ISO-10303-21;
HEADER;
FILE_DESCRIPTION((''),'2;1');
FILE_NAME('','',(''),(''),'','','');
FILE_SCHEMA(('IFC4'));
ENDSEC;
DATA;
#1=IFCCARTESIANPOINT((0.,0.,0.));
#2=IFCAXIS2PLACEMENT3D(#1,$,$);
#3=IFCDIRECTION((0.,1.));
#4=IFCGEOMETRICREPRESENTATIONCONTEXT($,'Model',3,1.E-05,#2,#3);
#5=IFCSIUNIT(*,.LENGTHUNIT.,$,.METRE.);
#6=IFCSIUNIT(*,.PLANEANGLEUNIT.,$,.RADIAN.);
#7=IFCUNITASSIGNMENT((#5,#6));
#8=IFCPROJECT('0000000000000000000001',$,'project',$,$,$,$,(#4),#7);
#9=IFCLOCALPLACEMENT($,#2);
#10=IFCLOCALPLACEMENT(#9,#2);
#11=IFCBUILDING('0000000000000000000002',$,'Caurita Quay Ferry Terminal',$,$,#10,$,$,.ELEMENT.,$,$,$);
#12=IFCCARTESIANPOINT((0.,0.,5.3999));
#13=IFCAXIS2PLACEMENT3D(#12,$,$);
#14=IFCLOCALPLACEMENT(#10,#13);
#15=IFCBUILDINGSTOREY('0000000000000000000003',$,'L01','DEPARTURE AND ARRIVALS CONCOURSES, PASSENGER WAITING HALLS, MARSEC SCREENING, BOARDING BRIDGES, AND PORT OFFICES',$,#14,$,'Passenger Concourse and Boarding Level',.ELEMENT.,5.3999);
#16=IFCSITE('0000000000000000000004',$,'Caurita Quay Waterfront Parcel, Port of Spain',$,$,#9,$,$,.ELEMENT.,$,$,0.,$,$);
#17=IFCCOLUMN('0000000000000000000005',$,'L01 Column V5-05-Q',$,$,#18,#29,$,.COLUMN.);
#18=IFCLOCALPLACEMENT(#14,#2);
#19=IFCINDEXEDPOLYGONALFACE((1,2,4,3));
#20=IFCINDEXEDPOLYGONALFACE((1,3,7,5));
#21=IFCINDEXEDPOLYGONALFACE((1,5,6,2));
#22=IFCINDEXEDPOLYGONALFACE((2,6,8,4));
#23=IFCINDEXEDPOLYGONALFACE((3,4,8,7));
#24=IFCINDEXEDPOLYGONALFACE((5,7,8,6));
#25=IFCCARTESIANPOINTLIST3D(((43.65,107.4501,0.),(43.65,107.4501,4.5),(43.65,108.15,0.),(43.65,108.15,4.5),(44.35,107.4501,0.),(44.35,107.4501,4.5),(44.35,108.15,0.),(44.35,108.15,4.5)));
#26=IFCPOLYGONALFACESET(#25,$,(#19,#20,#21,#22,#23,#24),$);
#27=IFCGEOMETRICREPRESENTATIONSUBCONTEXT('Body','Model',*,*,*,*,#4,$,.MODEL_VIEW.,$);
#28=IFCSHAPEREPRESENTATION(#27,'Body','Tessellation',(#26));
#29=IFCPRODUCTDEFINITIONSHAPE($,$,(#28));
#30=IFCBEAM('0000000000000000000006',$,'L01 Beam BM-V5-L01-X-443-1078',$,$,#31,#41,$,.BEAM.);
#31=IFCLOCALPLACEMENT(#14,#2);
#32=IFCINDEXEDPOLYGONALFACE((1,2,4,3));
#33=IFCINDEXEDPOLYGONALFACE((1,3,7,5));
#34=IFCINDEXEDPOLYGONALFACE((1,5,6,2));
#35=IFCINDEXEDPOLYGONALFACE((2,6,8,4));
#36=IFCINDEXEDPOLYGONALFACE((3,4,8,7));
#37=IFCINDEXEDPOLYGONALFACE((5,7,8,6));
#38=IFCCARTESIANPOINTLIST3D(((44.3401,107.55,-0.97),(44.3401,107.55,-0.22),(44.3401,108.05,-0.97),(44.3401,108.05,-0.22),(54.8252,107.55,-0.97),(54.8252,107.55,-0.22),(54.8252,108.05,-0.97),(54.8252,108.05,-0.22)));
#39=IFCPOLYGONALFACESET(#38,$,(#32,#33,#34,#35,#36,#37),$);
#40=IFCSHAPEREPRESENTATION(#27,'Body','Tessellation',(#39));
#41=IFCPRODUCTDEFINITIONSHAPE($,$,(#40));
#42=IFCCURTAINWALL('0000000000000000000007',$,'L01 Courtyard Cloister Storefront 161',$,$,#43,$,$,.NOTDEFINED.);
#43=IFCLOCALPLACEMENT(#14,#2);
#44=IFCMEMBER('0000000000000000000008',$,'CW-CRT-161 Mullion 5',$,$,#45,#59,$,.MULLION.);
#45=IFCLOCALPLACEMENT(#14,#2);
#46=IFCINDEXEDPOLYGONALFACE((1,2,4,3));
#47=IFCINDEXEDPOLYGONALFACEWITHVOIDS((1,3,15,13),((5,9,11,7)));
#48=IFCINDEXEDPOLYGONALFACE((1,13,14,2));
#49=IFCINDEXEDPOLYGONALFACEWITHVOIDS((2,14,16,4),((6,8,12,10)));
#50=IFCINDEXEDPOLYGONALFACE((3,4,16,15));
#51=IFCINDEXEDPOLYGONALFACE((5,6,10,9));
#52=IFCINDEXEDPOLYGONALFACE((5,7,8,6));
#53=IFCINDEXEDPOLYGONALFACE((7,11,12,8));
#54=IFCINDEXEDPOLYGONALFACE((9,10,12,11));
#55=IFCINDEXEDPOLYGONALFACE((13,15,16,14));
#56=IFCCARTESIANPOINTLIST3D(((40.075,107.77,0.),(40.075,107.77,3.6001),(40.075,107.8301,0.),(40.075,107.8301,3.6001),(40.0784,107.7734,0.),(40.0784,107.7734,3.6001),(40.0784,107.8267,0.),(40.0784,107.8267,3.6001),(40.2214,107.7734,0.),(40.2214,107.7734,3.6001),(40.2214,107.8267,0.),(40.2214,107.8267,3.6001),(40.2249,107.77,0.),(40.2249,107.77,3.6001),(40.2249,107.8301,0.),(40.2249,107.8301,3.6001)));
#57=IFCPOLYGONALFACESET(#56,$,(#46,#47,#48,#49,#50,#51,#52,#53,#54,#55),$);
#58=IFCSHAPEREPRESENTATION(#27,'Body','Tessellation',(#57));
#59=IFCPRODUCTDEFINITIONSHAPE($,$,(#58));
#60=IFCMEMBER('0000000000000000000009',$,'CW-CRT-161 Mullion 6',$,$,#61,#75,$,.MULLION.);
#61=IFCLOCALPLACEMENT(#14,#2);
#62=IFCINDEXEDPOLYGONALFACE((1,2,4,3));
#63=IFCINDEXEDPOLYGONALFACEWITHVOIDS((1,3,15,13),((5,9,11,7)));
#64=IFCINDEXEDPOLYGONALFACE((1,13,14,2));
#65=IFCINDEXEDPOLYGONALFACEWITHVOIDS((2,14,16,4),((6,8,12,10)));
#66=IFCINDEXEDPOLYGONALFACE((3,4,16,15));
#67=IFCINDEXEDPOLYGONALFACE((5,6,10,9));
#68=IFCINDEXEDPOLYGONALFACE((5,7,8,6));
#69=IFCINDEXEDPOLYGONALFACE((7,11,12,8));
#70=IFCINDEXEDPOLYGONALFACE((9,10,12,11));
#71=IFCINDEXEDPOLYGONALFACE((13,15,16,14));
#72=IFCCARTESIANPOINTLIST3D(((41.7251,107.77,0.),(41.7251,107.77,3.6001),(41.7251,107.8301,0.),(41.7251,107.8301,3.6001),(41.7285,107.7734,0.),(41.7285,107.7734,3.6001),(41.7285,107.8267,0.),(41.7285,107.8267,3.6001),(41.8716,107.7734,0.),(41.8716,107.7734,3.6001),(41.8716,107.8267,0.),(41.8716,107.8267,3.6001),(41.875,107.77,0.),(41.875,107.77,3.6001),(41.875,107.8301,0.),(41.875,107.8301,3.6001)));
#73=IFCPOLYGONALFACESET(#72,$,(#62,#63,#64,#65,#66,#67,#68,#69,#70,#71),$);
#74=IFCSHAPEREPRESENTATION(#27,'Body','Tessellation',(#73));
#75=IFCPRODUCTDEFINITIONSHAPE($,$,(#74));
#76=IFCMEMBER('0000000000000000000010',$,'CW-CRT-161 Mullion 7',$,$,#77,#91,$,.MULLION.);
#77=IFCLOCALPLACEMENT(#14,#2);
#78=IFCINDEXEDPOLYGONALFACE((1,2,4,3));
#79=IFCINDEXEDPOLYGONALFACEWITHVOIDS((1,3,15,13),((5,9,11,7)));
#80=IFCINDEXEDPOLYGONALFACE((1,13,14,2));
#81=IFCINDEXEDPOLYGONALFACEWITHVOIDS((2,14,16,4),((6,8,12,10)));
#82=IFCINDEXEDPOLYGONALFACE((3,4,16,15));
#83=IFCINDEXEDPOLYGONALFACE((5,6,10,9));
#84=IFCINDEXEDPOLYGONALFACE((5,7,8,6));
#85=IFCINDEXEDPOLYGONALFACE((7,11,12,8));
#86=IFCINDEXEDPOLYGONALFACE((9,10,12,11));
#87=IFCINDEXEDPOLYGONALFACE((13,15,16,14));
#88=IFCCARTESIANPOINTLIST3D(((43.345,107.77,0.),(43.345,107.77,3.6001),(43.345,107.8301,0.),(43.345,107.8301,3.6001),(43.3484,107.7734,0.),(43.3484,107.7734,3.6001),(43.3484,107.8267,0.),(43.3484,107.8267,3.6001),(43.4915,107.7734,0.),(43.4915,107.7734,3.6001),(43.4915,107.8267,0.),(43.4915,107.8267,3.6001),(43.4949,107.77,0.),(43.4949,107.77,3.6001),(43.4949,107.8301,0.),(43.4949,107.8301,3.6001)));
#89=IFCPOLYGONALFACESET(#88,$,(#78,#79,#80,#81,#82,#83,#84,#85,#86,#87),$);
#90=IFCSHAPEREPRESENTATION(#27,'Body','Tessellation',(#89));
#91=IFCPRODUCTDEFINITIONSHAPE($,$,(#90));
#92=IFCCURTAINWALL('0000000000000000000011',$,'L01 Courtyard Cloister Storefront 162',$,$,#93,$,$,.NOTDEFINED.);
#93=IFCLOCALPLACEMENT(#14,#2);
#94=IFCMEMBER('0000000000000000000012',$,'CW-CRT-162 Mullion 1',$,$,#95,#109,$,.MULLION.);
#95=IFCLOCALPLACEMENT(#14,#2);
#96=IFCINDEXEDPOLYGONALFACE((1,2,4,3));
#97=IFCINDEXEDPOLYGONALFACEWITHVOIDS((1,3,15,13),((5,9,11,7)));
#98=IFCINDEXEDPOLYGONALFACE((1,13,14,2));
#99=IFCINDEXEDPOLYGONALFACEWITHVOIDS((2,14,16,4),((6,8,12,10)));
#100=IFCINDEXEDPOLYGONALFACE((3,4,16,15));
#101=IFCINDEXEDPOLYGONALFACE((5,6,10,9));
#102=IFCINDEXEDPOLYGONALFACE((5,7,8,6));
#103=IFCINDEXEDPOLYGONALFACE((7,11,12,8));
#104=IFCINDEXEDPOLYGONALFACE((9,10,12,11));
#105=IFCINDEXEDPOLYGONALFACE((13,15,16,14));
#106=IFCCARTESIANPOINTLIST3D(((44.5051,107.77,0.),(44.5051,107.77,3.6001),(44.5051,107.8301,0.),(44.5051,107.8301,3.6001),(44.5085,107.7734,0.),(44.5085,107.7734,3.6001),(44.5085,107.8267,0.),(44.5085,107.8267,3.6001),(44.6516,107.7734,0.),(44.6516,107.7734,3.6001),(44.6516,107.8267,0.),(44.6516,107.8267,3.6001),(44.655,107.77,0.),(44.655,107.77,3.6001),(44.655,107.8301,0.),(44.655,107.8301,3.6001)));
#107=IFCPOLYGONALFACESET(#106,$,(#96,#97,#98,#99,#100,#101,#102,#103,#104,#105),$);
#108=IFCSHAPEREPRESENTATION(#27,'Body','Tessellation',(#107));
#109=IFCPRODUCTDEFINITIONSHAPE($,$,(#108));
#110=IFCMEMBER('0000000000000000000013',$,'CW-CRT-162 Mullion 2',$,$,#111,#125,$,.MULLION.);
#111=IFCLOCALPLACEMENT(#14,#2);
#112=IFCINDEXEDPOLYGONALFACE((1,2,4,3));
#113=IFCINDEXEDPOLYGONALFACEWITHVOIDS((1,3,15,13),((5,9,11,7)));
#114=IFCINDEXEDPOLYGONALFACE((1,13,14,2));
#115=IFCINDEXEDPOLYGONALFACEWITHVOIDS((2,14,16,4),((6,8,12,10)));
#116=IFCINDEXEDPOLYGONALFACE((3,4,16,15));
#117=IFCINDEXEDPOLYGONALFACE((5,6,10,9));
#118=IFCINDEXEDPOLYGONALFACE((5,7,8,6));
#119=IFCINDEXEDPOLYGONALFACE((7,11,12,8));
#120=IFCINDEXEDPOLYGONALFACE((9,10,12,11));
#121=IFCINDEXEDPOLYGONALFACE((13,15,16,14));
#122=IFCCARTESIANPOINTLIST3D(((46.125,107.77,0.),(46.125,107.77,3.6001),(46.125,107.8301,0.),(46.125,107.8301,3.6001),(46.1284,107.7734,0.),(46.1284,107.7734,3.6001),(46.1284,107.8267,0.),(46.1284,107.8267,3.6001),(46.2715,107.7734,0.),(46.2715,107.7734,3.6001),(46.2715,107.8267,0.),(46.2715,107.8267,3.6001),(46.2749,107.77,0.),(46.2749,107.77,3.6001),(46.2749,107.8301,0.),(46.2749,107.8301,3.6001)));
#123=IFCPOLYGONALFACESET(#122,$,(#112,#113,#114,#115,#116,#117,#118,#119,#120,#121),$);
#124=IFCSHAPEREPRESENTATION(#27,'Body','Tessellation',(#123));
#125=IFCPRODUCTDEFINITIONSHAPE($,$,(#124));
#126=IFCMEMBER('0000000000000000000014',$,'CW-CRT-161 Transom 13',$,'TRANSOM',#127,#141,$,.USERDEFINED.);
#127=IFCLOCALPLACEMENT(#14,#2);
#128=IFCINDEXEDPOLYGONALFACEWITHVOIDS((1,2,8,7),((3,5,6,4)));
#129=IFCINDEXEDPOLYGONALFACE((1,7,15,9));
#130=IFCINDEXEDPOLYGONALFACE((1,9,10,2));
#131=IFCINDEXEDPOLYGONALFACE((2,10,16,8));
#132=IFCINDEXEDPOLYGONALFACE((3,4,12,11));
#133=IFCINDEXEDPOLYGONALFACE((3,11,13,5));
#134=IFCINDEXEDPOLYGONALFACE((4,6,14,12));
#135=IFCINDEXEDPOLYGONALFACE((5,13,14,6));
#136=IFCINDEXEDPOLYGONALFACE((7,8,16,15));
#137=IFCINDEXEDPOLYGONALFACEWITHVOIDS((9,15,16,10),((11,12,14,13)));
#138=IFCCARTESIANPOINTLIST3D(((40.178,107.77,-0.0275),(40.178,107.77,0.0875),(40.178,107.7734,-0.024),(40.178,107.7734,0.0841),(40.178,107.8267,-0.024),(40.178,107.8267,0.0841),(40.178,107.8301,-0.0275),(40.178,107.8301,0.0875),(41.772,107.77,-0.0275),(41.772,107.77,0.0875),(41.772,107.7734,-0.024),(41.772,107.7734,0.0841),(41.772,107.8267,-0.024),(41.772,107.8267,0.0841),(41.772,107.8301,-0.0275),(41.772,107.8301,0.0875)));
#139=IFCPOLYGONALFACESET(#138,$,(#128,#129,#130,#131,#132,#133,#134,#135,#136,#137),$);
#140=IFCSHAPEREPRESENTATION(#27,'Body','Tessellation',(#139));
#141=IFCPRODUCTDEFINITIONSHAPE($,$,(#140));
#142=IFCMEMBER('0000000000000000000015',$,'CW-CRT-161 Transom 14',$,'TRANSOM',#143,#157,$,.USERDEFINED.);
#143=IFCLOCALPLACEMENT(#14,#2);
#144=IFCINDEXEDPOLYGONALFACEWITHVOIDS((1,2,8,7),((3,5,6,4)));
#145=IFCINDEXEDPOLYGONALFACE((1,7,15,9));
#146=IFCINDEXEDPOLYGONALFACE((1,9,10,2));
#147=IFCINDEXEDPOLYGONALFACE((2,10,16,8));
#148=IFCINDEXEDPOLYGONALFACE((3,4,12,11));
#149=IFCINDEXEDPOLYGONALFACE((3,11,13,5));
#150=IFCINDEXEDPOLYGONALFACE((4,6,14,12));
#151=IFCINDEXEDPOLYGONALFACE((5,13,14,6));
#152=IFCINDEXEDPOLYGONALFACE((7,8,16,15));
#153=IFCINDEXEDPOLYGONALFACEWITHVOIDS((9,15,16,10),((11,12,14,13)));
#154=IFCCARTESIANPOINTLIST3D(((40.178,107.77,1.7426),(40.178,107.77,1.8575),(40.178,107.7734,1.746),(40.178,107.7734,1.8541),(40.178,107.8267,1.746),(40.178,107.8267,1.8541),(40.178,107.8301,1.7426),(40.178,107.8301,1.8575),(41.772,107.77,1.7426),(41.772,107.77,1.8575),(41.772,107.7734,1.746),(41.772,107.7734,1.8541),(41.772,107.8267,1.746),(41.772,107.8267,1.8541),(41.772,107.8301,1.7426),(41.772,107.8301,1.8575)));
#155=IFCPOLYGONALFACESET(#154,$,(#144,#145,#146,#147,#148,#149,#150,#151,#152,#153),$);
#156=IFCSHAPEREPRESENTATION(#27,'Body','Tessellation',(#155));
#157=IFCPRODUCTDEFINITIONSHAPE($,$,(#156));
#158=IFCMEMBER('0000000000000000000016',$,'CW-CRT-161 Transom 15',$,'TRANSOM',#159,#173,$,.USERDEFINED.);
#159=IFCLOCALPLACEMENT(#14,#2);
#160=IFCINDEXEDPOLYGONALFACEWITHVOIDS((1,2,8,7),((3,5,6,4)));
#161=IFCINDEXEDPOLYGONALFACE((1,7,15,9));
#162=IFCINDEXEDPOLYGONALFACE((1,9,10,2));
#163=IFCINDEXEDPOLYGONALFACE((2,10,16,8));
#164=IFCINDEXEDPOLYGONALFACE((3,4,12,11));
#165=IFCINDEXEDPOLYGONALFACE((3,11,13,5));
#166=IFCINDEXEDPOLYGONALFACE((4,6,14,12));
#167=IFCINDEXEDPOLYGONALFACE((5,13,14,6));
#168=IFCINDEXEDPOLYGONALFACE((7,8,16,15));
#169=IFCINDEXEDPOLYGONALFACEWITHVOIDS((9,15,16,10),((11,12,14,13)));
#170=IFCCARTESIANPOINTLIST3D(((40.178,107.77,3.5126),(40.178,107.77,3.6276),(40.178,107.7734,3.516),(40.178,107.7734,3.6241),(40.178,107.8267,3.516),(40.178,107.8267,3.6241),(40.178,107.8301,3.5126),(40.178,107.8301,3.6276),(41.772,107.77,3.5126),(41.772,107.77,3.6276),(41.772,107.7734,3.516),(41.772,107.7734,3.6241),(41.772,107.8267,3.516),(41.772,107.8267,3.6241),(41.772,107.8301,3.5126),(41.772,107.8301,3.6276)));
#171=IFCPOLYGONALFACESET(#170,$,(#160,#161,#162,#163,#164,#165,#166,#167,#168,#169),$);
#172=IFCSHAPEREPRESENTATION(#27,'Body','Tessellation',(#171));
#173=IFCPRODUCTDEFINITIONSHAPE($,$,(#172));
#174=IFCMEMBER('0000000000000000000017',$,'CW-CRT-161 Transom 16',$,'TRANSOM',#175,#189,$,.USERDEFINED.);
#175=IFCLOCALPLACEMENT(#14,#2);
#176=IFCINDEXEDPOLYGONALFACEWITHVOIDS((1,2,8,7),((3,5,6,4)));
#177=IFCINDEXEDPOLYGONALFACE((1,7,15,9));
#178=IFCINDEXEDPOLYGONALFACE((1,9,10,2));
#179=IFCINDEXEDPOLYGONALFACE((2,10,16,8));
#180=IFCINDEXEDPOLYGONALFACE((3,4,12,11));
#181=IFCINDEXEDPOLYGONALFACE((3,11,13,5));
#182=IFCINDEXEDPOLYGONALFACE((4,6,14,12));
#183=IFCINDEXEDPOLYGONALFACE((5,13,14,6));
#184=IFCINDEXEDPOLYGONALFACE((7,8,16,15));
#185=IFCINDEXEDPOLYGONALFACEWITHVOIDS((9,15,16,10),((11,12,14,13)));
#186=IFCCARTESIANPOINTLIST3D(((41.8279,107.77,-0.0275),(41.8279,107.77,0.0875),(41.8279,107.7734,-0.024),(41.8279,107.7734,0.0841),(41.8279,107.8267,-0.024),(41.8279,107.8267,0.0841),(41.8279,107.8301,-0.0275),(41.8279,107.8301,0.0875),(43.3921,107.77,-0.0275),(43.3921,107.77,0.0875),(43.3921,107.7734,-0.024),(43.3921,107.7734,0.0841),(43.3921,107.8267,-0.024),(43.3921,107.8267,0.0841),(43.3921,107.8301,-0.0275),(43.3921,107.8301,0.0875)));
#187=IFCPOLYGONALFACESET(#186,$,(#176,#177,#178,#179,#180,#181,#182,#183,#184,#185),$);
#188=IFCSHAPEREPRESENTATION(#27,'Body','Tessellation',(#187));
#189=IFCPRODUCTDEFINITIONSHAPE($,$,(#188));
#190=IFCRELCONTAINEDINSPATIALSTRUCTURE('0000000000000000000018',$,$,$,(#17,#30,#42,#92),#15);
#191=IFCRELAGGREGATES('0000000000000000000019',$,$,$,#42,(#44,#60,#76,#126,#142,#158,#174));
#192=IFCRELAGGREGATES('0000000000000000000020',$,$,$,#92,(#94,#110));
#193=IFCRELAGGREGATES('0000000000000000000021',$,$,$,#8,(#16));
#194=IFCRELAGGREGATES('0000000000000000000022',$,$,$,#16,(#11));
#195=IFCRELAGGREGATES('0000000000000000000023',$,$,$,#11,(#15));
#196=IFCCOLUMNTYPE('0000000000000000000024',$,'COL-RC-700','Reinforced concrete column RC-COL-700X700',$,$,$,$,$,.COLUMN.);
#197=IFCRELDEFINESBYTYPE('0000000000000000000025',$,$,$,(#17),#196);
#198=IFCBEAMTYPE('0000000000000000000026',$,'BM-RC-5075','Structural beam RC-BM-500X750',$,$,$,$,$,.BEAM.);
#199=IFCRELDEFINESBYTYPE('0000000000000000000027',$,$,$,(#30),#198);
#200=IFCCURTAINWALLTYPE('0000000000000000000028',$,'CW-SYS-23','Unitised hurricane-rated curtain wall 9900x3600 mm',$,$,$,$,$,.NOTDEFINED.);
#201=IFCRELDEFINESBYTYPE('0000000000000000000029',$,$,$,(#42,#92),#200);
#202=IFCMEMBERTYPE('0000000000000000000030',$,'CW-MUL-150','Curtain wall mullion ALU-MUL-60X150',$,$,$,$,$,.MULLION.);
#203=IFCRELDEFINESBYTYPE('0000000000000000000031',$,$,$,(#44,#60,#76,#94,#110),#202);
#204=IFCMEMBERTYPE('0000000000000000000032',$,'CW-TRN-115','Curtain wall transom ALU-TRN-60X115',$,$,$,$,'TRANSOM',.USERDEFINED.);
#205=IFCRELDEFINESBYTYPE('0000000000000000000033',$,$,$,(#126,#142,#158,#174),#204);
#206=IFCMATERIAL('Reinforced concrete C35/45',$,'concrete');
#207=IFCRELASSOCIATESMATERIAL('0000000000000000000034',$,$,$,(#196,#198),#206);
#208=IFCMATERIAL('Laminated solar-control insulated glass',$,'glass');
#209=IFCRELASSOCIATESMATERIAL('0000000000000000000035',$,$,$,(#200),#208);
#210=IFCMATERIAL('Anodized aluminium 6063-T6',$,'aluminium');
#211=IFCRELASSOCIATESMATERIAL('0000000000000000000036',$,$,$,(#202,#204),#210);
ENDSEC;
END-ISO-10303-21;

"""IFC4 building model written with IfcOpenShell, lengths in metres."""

from ifc_helpers import new_model, si_unit, direction, frame, origin, origin_2d, place, context, subcontext, project, spatial, rectangle, hollow_rectangle, extrude, material, material_profile, profile_set, type_object, element, aggregate, save


model = new_model("IFC4")

# Units and contexts
model_context = context("Model", 3, precision=1e-05, world=origin(), true_north=direction((0.0, 1.0)))
body_context = subcontext(model_context, "Body", "Model", "MODEL_VIEW")
ifc_project = project(units=[si_unit("LENGTHUNIT", "METRE"), si_unit("PLANEANGLEUNIT", "RADIAN")], contexts=[model_context])

# Site, building, storey
site_placement = place(None, origin())
site = spatial("IfcSite", under=ifc_project, at=site_placement, Name="Caurita Quay Waterfront Parcel, Port of Spain", CompositionType="ELEMENT", RefElevation=0.0)
building_placement = place(site_placement, origin())
building = spatial("IfcBuilding", under=site, at=building_placement, Name="Caurita Quay Ferry Terminal", CompositionType="ELEMENT")
storey_placement = place(building_placement, frame((0.0, 0.0, 5.3999)))
storey = spatial("IfcBuildingStorey", under=building, at=storey_placement, Name="L01", Description="DEPARTURE AND ARRIVALS CONCOURSES, PASSENGER WAITING HALLS, MARSEC SCREENING, BOARDING BRIDGES, AND PORT OFFICES", LongName="Passenger Concourse and Boarding Level", CompositionType="ELEMENT", Elevation=5.3999)

# Column
ifc_material_1 = material(Name="Reinforced concrete C35/45", Category="concrete")
ifc_material_profile_1 = material_profile(ifc_material_1, rectangle(XDim=0.7, YDim=0.7, at=origin_2d()), Name="RC-COL-700X700")
ifc_profile_set_1 = profile_set([ifc_material_profile_1], Name="Reinforced concrete C35/45")
column_type = type_object("IfcColumnType", Name="COL-RC-700", Description="Reinforced concrete column RC-COL-700X700", PredefinedType="COLUMN", material=ifc_profile_set_1)
column_placement = place(storey_placement, frame((44.0, 107.8, 0.0), z_axis=(0.0, 0.0, 1.0), x_axis=(1.0, 0.0, 0.0)))
element("IfcColumn", 1, at=column_placement, inside=storey, type_object=column_type, Name="L01 Column V5-05-Q", PredefinedType="COLUMN", context=body_context, shape_type="SweptSolid", body=[
    extrude(rectangle(XDim=0.7, YDim=0.7, at=origin_2d()), origin(), (0.0, 0.0, 1.0), 4.5),
])

# Beam
ifc_material_profile_2 = material_profile(ifc_material_1, rectangle(XDim=0.5, YDim=0.75, at=origin_2d()), Name="RC-BM-500X750")
ifc_profile_set_2 = profile_set([ifc_material_profile_2], Name="Reinforced concrete C35/45")
beam_type = type_object("IfcBeamType", Name="BM-RC-5075", Description="Structural beam RC-BM-500X750", PredefinedType="BEAM", material=ifc_profile_set_2)
beam_placement = place(storey_placement, frame((44.3401, 107.8, -0.595), z_axis=(1.0, 0.0, 0.0), x_axis=(0.0, 1.0, 0.0)))
element("IfcBeam", 2, at=beam_placement, inside=storey, type_object=beam_type, Name="L01 Beam BM-V5-L01-X-443-1078", PredefinedType="BEAM", context=body_context, shape_type="SweptSolid", body=[
    extrude(rectangle(XDim=0.5, YDim=0.75, at=origin_2d()), origin(), (0.0, 0.0, 1.0), 10.4851),
])

# Curtain walls, members
ifc_material_2 = material(Name="Laminated solar-control insulated glass", Category="glass")
curtain_wall_type = type_object("IfcCurtainWallType", Name="CW-SYS-23", Description="Unitised hurricane-rated curtain wall 9900x3600 mm", PredefinedType="NOTDEFINED", material=ifc_material_2)
curtain_wall_1_placement = place(storey_placement, origin())
curtain_wall_1 = element("IfcCurtainWall", 3, at=curtain_wall_1_placement, inside=storey, type_object=curtain_wall_type, Name="L01 Courtyard Cloister Storefront 161", PredefinedType="NOTDEFINED")
ifc_material_3 = material(Name="Anodized aluminium 6063-T6", Category="aluminium")
ifc_material_profile_3 = material_profile(ifc_material_3, hollow_rectangle(XDim=0.0601, YDim=0.1499, WallThickness=0.0034, at=origin_2d()), Name="ALU-MUL-60X150")
ifc_profile_set_3 = profile_set([ifc_material_profile_3], Name="Anodized aluminium 6063-T6")
member_type_1 = type_object("IfcMemberType", Name="CW-MUL-150", Description="Curtain wall mullion ALU-MUL-60X150", PredefinedType="MULLION", material=ifc_profile_set_3)
member_1_placement = place(storey_placement, frame((40.1499, 107.8, 0.0), z_axis=(0.0, 0.0, 1.0), x_axis=(0.0, 1.0, 0.0)))
member_1 = element("IfcMember", 4, at=member_1_placement, type_object=member_type_1, Name="CW-CRT-161 Mullion 5", PredefinedType="MULLION", context=body_context, shape_type="SweptSolid", body=[
    extrude(hollow_rectangle(XDim=0.0601, YDim=0.1499, WallThickness=0.0034, at=origin_2d()), origin(), (0.0, 0.0, 1.0), 3.6001),
])
member_2_placement = place(storey_placement, frame((41.8, 107.8, 0.0), z_axis=(0.0, 0.0, 1.0), x_axis=(0.0, 1.0, 0.0)))
member_2 = element("IfcMember", 5, at=member_2_placement, type_object=member_type_1, Name="CW-CRT-161 Mullion 6", PredefinedType="MULLION", context=body_context, shape_type="SweptSolid", body=[
    extrude(hollow_rectangle(XDim=0.0601, YDim=0.1499, WallThickness=0.0034, at=origin_2d()), origin(), (0.0, 0.0, 1.0), 3.6001),
])
member_3_placement = place(storey_placement, frame((43.4199, 107.8, 0.0), z_axis=(0.0, 0.0, 1.0), x_axis=(0.0, 1.0, 0.0)))
member_3 = element("IfcMember", 6, at=member_3_placement, type_object=member_type_1, Name="CW-CRT-161 Mullion 7", PredefinedType="MULLION", context=body_context, shape_type="SweptSolid", body=[
    extrude(hollow_rectangle(XDim=0.0601, YDim=0.1499, WallThickness=0.0034, at=origin_2d()), origin(), (0.0, 0.0, 1.0), 3.6001),
])
curtain_wall_2_placement = place(storey_placement, origin())
curtain_wall_2 = element("IfcCurtainWall", 7, at=curtain_wall_2_placement, inside=storey, type_object=curtain_wall_type, Name="L01 Courtyard Cloister Storefront 162", PredefinedType="NOTDEFINED")
member_4_placement = place(storey_placement, frame((44.5801, 107.8, 0.0), z_axis=(0.0, 0.0, 1.0), x_axis=(0.0, 1.0, 0.0)))
member_4 = element("IfcMember", 8, at=member_4_placement, type_object=member_type_1, Name="CW-CRT-162 Mullion 1", PredefinedType="MULLION", context=body_context, shape_type="SweptSolid", body=[
    extrude(hollow_rectangle(XDim=0.0601, YDim=0.1499, WallThickness=0.0034, at=origin_2d()), origin(), (0.0, 0.0, 1.0), 3.6001),
])
member_5_placement = place(storey_placement, frame((46.2, 107.8, 0.0), z_axis=(0.0, 0.0, 1.0), x_axis=(0.0, 1.0, 0.0)))
member_5 = element("IfcMember", 9, at=member_5_placement, type_object=member_type_1, Name="CW-CRT-162 Mullion 2", PredefinedType="MULLION", context=body_context, shape_type="SweptSolid", body=[
    extrude(hollow_rectangle(XDim=0.0601, YDim=0.1499, WallThickness=0.0034, at=origin_2d()), origin(), (0.0, 0.0, 1.0), 3.6001),
])

# Members
ifc_material_profile_4 = material_profile(ifc_material_3, hollow_rectangle(XDim=0.0601, YDim=0.115, WallThickness=0.0034, at=origin_2d()), Name="ALU-TRN-60X115")
ifc_profile_set_4 = profile_set([ifc_material_profile_4], Name="Anodized aluminium 6063-T6")
member_type_2 = type_object("IfcMemberType", Name="CW-TRN-115", Description="Curtain wall transom ALU-TRN-60X115", ElementType="TRANSOM", PredefinedType="USERDEFINED", material=ifc_profile_set_4)
member_6_placement = place(storey_placement, frame((40.178, 107.8, 0.03), z_axis=(1.0, 0.0, 0.0), x_axis=(0.0, 1.0, 0.0)))
member_6 = element("IfcMember", 10, at=member_6_placement, type_object=member_type_2, Name="CW-CRT-161 Transom 13", ObjectType="TRANSOM", PredefinedType="USERDEFINED", context=body_context, shape_type="SweptSolid", body=[
    extrude(hollow_rectangle(XDim=0.0601, YDim=0.115, WallThickness=0.0034, at=origin_2d()), origin(), (0.0, 0.0, 1.0), 1.594),
])
member_7_placement = place(storey_placement, frame((40.178, 107.8, 1.8), z_axis=(1.0, 0.0, 0.0), x_axis=(0.0, 1.0, 0.0)))
member_7 = element("IfcMember", 11, at=member_7_placement, type_object=member_type_2, Name="CW-CRT-161 Transom 14", ObjectType="TRANSOM", PredefinedType="USERDEFINED", context=body_context, shape_type="SweptSolid", body=[
    extrude(hollow_rectangle(XDim=0.0601, YDim=0.115, WallThickness=0.0034, at=origin_2d()), origin(), (0.0, 0.0, 1.0), 1.594),
])
member_8_placement = place(storey_placement, frame((40.178, 107.8, 3.5701), z_axis=(1.0, 0.0, 0.0), x_axis=(0.0, 1.0, 0.0)))
member_8 = element("IfcMember", 12, at=member_8_placement, type_object=member_type_2, Name="CW-CRT-161 Transom 15", ObjectType="TRANSOM", PredefinedType="USERDEFINED", context=body_context, shape_type="SweptSolid", body=[
    extrude(hollow_rectangle(XDim=0.0601, YDim=0.115, WallThickness=0.0034, at=origin_2d()), origin(), (0.0, 0.0, 1.0), 1.594),
])
member_9_placement = place(storey_placement, frame((41.8279, 107.8, 0.03), z_axis=(1.0, 0.0, 0.0), x_axis=(0.0, 1.0, 0.0)))
member_9 = element("IfcMember", 13, at=member_9_placement, type_object=member_type_2, Name="CW-CRT-161 Transom 16", ObjectType="TRANSOM", PredefinedType="USERDEFINED", context=body_context, shape_type="SweptSolid", body=[
    extrude(hollow_rectangle(XDim=0.0601, YDim=0.115, WallThickness=0.0034, at=origin_2d()), origin(), (0.0, 0.0, 1.0), 1.5642),
])

aggregate(curtain_wall_1, [member_1, member_2, member_3, member_6, member_7, member_8, member_9])
aggregate(curtain_wall_2, [member_4, member_5])

save(model, "model.ifc")
